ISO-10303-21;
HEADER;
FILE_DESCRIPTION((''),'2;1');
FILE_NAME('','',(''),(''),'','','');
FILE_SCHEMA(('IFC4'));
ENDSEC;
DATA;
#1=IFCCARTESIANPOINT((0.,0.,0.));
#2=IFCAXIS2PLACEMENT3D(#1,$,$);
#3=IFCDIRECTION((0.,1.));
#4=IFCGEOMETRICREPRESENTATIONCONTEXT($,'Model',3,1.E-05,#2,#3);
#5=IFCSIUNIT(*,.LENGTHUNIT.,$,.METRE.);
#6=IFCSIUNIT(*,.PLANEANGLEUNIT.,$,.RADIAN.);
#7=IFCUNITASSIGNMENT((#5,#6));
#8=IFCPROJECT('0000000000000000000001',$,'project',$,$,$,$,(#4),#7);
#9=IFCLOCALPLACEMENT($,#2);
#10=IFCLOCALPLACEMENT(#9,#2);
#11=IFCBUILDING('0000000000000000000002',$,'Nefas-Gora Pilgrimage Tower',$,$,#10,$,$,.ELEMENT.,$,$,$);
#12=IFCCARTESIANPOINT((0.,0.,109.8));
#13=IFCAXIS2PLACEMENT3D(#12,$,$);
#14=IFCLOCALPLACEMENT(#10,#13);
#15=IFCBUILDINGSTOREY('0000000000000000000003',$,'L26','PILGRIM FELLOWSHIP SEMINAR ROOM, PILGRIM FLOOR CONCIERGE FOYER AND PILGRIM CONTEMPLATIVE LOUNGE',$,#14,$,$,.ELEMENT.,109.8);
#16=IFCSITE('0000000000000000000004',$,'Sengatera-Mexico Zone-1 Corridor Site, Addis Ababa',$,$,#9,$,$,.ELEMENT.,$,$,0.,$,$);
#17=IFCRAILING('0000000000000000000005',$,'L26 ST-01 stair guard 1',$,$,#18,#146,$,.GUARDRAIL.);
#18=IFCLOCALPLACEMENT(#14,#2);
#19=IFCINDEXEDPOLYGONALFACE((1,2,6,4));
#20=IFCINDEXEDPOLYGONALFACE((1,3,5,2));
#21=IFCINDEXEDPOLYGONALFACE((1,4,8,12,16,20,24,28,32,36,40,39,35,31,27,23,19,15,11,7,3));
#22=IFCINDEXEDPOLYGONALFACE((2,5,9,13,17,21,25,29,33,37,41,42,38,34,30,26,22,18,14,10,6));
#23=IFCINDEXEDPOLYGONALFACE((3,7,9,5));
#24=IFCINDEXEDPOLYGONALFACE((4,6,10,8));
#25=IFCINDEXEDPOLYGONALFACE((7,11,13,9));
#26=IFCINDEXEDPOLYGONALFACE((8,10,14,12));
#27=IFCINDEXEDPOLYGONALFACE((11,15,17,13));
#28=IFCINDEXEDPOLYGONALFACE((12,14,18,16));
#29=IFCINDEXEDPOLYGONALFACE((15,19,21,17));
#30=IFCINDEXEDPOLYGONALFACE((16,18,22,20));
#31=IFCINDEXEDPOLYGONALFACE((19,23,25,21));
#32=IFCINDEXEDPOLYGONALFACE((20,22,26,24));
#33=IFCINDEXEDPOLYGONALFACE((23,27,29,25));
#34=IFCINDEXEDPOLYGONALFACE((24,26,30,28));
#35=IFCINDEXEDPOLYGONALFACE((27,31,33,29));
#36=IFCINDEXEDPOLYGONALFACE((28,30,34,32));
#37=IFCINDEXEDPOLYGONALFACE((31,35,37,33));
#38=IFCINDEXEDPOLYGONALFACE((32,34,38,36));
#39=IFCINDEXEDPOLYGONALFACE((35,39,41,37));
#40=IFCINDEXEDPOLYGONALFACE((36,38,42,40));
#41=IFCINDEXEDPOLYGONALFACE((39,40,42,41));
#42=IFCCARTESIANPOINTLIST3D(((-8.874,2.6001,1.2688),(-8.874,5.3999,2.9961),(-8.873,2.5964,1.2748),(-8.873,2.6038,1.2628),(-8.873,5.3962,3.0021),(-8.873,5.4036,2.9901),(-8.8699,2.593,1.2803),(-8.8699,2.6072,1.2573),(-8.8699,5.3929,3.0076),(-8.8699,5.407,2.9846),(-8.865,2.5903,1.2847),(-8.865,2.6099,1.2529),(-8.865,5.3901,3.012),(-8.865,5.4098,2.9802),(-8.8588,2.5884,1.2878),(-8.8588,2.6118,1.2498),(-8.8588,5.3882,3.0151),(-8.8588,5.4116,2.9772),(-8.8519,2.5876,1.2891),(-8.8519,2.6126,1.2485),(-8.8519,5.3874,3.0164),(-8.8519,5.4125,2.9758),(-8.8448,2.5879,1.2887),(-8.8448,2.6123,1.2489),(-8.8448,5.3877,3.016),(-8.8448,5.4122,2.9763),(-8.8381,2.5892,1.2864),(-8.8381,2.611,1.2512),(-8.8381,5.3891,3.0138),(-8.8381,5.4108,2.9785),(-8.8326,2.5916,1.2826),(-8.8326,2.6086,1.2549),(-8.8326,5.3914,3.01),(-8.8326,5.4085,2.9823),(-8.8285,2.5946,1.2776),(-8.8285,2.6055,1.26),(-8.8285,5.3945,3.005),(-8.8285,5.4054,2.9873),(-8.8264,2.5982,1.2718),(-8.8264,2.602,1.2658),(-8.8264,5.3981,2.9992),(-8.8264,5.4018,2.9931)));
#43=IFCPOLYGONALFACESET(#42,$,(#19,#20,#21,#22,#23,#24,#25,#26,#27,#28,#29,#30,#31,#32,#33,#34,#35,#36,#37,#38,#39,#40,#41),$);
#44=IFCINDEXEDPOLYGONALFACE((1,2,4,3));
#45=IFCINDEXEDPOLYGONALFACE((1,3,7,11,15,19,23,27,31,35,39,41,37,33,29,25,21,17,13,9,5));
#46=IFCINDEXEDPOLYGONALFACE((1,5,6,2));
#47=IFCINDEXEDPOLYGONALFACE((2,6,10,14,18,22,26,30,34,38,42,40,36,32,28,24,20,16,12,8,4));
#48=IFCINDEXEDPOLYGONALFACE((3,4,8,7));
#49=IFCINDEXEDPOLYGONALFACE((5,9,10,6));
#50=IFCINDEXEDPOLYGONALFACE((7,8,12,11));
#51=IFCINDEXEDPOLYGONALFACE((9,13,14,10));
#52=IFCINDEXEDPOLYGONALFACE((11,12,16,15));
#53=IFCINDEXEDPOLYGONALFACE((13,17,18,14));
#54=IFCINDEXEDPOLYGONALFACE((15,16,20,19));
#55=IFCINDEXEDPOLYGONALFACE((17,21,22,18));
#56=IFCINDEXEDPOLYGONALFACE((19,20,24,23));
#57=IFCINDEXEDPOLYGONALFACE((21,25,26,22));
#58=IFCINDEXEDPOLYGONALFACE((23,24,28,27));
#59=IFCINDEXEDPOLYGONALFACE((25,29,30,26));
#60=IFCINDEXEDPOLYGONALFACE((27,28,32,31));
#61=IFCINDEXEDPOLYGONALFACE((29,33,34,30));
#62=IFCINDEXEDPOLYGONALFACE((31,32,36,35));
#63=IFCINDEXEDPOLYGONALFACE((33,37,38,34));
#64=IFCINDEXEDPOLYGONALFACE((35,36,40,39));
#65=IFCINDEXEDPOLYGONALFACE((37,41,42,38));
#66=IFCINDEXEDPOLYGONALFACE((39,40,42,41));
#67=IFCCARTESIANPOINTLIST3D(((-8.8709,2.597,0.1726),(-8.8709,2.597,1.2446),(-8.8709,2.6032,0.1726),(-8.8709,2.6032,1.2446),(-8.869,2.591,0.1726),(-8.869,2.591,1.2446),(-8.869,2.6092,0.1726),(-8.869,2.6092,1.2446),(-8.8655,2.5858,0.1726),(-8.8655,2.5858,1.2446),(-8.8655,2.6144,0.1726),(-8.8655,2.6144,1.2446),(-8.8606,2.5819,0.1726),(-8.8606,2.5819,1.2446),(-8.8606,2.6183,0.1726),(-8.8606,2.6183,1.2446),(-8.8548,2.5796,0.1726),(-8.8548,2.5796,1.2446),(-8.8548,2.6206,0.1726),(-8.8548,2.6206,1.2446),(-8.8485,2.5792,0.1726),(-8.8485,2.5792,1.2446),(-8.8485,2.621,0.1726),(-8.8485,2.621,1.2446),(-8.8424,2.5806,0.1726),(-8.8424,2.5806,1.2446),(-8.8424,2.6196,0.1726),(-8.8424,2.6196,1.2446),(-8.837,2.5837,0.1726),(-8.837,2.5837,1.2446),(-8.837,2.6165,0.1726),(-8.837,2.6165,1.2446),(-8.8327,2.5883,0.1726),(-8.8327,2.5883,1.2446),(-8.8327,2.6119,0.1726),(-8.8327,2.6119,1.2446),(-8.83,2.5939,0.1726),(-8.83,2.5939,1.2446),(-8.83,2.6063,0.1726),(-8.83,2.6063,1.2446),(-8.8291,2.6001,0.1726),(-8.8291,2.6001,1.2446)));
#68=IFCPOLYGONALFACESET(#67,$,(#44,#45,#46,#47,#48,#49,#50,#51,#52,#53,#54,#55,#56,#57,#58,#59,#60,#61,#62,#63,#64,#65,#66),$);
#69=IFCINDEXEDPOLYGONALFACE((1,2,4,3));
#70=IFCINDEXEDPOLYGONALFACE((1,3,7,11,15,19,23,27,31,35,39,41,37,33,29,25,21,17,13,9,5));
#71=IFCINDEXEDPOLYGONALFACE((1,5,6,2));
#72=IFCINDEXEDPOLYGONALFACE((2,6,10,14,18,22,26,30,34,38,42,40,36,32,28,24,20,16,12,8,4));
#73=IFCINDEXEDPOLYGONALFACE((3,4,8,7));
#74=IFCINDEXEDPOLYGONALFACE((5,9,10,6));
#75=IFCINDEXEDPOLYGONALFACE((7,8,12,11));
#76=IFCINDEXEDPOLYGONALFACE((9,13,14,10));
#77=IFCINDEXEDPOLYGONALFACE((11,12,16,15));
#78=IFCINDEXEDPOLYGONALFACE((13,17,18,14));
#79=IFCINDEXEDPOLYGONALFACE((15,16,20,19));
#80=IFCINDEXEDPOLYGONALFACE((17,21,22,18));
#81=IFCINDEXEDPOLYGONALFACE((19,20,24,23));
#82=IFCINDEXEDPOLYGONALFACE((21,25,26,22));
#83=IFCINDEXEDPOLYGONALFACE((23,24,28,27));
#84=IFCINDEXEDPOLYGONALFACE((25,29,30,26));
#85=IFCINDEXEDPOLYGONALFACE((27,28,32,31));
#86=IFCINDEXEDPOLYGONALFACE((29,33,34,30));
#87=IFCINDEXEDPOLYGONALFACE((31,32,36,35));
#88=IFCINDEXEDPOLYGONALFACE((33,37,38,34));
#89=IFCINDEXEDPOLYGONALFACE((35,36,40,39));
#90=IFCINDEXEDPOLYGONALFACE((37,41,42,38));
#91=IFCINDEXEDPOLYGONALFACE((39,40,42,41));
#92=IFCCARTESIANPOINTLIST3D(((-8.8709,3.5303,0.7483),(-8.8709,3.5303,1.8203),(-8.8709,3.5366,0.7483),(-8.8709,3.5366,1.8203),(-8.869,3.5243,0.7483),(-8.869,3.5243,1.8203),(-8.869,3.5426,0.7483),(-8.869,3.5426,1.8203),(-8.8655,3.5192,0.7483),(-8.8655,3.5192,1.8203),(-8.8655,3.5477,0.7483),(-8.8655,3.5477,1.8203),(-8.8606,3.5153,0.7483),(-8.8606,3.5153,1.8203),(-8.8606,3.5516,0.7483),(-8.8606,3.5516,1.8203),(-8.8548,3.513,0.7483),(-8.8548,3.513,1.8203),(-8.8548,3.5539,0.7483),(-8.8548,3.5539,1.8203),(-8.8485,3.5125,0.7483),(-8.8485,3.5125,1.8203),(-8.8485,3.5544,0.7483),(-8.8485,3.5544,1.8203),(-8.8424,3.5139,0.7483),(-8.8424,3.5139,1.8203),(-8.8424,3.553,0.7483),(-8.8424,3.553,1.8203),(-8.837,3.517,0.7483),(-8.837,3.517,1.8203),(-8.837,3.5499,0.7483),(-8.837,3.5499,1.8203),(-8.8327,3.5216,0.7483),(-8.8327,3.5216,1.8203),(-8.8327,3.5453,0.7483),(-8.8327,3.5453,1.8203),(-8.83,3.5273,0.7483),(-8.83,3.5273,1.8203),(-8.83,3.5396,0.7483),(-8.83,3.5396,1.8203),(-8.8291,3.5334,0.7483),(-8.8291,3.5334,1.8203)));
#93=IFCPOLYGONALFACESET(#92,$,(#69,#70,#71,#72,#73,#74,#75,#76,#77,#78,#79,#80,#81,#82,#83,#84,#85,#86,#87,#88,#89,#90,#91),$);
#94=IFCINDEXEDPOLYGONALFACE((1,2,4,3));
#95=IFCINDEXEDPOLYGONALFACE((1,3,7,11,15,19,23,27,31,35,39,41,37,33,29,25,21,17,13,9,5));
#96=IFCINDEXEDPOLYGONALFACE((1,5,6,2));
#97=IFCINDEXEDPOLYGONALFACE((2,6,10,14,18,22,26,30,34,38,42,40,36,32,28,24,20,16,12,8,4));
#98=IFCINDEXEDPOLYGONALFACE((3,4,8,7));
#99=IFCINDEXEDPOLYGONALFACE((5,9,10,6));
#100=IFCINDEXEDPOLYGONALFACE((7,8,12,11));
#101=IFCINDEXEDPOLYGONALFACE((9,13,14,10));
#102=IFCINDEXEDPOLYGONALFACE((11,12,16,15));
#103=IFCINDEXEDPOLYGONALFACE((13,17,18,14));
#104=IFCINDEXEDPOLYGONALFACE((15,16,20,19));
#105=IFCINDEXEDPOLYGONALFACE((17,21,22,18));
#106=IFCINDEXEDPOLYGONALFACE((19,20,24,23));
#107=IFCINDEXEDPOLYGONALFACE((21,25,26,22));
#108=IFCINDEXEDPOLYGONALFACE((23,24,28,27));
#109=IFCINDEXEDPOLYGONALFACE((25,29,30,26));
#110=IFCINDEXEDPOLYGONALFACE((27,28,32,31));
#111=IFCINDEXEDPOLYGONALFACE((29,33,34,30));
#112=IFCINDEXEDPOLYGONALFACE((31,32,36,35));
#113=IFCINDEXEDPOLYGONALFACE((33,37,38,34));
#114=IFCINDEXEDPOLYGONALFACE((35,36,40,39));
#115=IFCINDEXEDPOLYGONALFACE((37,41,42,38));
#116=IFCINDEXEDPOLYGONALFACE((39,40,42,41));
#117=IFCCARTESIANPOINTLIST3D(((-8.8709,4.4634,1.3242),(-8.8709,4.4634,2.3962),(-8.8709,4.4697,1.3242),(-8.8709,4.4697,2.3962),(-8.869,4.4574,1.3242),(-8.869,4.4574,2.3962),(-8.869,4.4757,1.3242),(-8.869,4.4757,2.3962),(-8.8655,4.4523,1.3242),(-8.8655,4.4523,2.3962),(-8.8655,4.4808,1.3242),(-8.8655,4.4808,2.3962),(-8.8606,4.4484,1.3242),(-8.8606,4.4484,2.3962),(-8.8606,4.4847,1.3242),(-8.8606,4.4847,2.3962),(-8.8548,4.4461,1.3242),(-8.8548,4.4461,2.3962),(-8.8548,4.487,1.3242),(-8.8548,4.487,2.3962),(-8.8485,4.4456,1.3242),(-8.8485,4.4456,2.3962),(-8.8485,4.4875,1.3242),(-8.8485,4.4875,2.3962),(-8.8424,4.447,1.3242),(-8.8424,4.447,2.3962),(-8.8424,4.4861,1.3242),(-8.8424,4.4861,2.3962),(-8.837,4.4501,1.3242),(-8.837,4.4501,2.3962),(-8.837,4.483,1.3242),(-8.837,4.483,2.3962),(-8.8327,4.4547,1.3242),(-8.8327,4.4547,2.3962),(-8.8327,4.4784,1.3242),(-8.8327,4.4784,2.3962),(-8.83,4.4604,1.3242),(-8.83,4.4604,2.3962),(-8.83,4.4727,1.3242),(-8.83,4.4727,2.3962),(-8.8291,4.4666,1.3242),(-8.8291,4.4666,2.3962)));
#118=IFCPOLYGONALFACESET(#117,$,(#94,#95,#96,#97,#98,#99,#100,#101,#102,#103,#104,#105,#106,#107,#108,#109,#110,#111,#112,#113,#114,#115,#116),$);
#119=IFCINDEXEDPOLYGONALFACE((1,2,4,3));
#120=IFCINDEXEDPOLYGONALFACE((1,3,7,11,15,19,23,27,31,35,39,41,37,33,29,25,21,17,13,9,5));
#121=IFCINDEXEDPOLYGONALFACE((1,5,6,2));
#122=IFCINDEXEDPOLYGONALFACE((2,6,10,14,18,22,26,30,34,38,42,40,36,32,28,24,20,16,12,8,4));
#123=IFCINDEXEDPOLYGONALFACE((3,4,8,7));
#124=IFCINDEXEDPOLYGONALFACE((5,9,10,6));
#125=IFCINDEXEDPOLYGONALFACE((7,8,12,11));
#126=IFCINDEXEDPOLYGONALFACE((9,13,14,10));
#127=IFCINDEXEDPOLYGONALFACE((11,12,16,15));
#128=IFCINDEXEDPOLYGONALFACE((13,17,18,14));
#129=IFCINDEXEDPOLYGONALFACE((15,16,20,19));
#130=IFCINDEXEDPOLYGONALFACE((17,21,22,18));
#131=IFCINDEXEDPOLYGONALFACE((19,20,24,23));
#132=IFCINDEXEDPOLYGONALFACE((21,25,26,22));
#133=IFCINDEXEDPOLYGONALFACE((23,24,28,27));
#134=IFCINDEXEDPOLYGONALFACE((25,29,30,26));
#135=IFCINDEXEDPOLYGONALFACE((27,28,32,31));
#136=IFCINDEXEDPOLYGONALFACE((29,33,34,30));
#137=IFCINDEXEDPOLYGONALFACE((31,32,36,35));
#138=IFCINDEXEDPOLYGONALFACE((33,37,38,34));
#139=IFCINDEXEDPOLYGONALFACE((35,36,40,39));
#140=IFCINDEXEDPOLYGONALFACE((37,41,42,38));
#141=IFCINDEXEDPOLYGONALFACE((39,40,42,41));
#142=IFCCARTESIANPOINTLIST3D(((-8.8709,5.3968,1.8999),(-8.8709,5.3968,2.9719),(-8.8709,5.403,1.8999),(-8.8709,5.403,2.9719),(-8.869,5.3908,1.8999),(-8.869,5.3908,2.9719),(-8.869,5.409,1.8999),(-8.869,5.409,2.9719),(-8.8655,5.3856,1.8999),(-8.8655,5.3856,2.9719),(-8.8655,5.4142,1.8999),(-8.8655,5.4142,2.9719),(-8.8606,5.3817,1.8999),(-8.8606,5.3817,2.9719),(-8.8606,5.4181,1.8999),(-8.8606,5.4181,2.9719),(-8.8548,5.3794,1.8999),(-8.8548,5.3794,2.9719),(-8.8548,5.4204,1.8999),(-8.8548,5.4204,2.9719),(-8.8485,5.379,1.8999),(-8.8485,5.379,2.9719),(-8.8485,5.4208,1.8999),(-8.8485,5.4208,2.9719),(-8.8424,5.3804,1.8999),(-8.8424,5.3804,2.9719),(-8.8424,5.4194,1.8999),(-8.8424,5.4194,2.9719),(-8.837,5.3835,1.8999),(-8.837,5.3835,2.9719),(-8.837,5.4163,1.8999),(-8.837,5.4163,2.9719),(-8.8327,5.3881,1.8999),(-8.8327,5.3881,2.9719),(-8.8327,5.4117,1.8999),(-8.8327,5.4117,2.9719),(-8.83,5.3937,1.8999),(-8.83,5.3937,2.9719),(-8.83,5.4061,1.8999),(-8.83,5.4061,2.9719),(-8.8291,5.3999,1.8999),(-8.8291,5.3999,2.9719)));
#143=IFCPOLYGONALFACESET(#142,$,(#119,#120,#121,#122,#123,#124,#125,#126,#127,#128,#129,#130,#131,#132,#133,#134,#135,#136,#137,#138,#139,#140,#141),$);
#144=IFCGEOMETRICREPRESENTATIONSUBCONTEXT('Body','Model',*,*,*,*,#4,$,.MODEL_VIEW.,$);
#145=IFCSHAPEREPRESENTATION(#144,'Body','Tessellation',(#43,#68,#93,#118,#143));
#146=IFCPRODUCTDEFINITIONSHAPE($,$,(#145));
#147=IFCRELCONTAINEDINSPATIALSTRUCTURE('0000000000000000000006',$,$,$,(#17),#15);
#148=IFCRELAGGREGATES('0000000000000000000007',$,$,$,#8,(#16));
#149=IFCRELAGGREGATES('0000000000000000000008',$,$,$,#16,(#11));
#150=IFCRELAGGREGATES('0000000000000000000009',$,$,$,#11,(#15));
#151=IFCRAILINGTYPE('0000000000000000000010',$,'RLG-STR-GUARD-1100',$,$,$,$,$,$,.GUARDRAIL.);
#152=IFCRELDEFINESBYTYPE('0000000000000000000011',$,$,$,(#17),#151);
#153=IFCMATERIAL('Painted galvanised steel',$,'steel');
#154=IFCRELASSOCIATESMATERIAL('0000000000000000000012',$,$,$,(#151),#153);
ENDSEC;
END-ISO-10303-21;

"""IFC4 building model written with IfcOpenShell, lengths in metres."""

from ifc_helpers import new_model, si_unit, direction, frame, origin, origin_2d, place, context, subcontext, project, spatial, circle, extrude, material, type_object, element, save


model = new_model("IFC4")

# Units and contexts
model_context = context("Model", 3, precision=1e-05, world=origin(), true_north=direction((0.0, 1.0)))
body_context = subcontext(model_context, "Body", "Model", "MODEL_VIEW")
ifc_project = project(units=[si_unit("LENGTHUNIT", "METRE"), si_unit("PLANEANGLEUNIT", "RADIAN")], contexts=[model_context])

# Site, building, storey
site_placement = place(None, origin())
site = spatial("IfcSite", under=ifc_project, at=site_placement, Name="Sengatera-Mexico Zone-1 Corridor Site, Addis Ababa", CompositionType="ELEMENT", RefElevation=0.0)
building_placement = place(site_placement, origin())
building = spatial("IfcBuilding", under=site, at=building_placement, Name="Nefas-Gora Pilgrimage Tower", CompositionType="ELEMENT")
storey_placement = place(building_placement, frame((0.0, 0.0, 109.8)))
storey = spatial("IfcBuildingStorey", under=building, at=storey_placement, Name="L26", Description="PILGRIM FELLOWSHIP SEMINAR ROOM, PILGRIM FLOOR CONCIERGE FOYER AND PILGRIM CONTEMPLATIVE LOUNGE", CompositionType="ELEMENT", Elevation=109.8)

# Railing
ifc_material_1 = material(Name="Painted galvanised steel", Category="steel")
railing_type_1 = type_object("IfcRailingType", Name="RLG-STR-GUARD-1100", PredefinedType="GUARDRAIL", material=ifc_material_1)
railing_1_placement = place(storey_placement, frame((-8.8501, 2.6001, 0.1726)))
element("IfcRailing", 1, at=railing_1_placement, inside=storey, type_object=railing_type_1, Name="L26 ST-01 stair guard 1", PredefinedType="GUARDRAIL", context=body_context, shape_type="SweptSolid", body=[
    extrude(circle(Radius=0.0239, at=origin_2d()), frame((0.0, 0.0, 1.0962), z_axis=(0.0, 0.851069, 0.525054), x_axis=(-1.0, 0.0, 0.0)), (0.0, 0.0, 1.0), 3.2898),
    extrude(circle(Radius=0.021, at=origin_2d()), origin(), (0.0, 0.0, 1.0), 1.072),
    extrude(circle(Radius=0.021, at=origin_2d()), frame((0.0, 0.9333, 0.5757)), (0.0, 0.0, 1.0), 1.072),
    extrude(circle(Radius=0.021, at=origin_2d()), frame((0.0, 1.8665, 1.1516)), (0.0, 0.0, 1.0), 1.072),
    extrude(circle(Radius=0.021, at=origin_2d()), frame((0.0, 2.7998, 1.7273)), (0.0, 0.0, 1.0), 1.072),
])

save(model, "model.ifc")
